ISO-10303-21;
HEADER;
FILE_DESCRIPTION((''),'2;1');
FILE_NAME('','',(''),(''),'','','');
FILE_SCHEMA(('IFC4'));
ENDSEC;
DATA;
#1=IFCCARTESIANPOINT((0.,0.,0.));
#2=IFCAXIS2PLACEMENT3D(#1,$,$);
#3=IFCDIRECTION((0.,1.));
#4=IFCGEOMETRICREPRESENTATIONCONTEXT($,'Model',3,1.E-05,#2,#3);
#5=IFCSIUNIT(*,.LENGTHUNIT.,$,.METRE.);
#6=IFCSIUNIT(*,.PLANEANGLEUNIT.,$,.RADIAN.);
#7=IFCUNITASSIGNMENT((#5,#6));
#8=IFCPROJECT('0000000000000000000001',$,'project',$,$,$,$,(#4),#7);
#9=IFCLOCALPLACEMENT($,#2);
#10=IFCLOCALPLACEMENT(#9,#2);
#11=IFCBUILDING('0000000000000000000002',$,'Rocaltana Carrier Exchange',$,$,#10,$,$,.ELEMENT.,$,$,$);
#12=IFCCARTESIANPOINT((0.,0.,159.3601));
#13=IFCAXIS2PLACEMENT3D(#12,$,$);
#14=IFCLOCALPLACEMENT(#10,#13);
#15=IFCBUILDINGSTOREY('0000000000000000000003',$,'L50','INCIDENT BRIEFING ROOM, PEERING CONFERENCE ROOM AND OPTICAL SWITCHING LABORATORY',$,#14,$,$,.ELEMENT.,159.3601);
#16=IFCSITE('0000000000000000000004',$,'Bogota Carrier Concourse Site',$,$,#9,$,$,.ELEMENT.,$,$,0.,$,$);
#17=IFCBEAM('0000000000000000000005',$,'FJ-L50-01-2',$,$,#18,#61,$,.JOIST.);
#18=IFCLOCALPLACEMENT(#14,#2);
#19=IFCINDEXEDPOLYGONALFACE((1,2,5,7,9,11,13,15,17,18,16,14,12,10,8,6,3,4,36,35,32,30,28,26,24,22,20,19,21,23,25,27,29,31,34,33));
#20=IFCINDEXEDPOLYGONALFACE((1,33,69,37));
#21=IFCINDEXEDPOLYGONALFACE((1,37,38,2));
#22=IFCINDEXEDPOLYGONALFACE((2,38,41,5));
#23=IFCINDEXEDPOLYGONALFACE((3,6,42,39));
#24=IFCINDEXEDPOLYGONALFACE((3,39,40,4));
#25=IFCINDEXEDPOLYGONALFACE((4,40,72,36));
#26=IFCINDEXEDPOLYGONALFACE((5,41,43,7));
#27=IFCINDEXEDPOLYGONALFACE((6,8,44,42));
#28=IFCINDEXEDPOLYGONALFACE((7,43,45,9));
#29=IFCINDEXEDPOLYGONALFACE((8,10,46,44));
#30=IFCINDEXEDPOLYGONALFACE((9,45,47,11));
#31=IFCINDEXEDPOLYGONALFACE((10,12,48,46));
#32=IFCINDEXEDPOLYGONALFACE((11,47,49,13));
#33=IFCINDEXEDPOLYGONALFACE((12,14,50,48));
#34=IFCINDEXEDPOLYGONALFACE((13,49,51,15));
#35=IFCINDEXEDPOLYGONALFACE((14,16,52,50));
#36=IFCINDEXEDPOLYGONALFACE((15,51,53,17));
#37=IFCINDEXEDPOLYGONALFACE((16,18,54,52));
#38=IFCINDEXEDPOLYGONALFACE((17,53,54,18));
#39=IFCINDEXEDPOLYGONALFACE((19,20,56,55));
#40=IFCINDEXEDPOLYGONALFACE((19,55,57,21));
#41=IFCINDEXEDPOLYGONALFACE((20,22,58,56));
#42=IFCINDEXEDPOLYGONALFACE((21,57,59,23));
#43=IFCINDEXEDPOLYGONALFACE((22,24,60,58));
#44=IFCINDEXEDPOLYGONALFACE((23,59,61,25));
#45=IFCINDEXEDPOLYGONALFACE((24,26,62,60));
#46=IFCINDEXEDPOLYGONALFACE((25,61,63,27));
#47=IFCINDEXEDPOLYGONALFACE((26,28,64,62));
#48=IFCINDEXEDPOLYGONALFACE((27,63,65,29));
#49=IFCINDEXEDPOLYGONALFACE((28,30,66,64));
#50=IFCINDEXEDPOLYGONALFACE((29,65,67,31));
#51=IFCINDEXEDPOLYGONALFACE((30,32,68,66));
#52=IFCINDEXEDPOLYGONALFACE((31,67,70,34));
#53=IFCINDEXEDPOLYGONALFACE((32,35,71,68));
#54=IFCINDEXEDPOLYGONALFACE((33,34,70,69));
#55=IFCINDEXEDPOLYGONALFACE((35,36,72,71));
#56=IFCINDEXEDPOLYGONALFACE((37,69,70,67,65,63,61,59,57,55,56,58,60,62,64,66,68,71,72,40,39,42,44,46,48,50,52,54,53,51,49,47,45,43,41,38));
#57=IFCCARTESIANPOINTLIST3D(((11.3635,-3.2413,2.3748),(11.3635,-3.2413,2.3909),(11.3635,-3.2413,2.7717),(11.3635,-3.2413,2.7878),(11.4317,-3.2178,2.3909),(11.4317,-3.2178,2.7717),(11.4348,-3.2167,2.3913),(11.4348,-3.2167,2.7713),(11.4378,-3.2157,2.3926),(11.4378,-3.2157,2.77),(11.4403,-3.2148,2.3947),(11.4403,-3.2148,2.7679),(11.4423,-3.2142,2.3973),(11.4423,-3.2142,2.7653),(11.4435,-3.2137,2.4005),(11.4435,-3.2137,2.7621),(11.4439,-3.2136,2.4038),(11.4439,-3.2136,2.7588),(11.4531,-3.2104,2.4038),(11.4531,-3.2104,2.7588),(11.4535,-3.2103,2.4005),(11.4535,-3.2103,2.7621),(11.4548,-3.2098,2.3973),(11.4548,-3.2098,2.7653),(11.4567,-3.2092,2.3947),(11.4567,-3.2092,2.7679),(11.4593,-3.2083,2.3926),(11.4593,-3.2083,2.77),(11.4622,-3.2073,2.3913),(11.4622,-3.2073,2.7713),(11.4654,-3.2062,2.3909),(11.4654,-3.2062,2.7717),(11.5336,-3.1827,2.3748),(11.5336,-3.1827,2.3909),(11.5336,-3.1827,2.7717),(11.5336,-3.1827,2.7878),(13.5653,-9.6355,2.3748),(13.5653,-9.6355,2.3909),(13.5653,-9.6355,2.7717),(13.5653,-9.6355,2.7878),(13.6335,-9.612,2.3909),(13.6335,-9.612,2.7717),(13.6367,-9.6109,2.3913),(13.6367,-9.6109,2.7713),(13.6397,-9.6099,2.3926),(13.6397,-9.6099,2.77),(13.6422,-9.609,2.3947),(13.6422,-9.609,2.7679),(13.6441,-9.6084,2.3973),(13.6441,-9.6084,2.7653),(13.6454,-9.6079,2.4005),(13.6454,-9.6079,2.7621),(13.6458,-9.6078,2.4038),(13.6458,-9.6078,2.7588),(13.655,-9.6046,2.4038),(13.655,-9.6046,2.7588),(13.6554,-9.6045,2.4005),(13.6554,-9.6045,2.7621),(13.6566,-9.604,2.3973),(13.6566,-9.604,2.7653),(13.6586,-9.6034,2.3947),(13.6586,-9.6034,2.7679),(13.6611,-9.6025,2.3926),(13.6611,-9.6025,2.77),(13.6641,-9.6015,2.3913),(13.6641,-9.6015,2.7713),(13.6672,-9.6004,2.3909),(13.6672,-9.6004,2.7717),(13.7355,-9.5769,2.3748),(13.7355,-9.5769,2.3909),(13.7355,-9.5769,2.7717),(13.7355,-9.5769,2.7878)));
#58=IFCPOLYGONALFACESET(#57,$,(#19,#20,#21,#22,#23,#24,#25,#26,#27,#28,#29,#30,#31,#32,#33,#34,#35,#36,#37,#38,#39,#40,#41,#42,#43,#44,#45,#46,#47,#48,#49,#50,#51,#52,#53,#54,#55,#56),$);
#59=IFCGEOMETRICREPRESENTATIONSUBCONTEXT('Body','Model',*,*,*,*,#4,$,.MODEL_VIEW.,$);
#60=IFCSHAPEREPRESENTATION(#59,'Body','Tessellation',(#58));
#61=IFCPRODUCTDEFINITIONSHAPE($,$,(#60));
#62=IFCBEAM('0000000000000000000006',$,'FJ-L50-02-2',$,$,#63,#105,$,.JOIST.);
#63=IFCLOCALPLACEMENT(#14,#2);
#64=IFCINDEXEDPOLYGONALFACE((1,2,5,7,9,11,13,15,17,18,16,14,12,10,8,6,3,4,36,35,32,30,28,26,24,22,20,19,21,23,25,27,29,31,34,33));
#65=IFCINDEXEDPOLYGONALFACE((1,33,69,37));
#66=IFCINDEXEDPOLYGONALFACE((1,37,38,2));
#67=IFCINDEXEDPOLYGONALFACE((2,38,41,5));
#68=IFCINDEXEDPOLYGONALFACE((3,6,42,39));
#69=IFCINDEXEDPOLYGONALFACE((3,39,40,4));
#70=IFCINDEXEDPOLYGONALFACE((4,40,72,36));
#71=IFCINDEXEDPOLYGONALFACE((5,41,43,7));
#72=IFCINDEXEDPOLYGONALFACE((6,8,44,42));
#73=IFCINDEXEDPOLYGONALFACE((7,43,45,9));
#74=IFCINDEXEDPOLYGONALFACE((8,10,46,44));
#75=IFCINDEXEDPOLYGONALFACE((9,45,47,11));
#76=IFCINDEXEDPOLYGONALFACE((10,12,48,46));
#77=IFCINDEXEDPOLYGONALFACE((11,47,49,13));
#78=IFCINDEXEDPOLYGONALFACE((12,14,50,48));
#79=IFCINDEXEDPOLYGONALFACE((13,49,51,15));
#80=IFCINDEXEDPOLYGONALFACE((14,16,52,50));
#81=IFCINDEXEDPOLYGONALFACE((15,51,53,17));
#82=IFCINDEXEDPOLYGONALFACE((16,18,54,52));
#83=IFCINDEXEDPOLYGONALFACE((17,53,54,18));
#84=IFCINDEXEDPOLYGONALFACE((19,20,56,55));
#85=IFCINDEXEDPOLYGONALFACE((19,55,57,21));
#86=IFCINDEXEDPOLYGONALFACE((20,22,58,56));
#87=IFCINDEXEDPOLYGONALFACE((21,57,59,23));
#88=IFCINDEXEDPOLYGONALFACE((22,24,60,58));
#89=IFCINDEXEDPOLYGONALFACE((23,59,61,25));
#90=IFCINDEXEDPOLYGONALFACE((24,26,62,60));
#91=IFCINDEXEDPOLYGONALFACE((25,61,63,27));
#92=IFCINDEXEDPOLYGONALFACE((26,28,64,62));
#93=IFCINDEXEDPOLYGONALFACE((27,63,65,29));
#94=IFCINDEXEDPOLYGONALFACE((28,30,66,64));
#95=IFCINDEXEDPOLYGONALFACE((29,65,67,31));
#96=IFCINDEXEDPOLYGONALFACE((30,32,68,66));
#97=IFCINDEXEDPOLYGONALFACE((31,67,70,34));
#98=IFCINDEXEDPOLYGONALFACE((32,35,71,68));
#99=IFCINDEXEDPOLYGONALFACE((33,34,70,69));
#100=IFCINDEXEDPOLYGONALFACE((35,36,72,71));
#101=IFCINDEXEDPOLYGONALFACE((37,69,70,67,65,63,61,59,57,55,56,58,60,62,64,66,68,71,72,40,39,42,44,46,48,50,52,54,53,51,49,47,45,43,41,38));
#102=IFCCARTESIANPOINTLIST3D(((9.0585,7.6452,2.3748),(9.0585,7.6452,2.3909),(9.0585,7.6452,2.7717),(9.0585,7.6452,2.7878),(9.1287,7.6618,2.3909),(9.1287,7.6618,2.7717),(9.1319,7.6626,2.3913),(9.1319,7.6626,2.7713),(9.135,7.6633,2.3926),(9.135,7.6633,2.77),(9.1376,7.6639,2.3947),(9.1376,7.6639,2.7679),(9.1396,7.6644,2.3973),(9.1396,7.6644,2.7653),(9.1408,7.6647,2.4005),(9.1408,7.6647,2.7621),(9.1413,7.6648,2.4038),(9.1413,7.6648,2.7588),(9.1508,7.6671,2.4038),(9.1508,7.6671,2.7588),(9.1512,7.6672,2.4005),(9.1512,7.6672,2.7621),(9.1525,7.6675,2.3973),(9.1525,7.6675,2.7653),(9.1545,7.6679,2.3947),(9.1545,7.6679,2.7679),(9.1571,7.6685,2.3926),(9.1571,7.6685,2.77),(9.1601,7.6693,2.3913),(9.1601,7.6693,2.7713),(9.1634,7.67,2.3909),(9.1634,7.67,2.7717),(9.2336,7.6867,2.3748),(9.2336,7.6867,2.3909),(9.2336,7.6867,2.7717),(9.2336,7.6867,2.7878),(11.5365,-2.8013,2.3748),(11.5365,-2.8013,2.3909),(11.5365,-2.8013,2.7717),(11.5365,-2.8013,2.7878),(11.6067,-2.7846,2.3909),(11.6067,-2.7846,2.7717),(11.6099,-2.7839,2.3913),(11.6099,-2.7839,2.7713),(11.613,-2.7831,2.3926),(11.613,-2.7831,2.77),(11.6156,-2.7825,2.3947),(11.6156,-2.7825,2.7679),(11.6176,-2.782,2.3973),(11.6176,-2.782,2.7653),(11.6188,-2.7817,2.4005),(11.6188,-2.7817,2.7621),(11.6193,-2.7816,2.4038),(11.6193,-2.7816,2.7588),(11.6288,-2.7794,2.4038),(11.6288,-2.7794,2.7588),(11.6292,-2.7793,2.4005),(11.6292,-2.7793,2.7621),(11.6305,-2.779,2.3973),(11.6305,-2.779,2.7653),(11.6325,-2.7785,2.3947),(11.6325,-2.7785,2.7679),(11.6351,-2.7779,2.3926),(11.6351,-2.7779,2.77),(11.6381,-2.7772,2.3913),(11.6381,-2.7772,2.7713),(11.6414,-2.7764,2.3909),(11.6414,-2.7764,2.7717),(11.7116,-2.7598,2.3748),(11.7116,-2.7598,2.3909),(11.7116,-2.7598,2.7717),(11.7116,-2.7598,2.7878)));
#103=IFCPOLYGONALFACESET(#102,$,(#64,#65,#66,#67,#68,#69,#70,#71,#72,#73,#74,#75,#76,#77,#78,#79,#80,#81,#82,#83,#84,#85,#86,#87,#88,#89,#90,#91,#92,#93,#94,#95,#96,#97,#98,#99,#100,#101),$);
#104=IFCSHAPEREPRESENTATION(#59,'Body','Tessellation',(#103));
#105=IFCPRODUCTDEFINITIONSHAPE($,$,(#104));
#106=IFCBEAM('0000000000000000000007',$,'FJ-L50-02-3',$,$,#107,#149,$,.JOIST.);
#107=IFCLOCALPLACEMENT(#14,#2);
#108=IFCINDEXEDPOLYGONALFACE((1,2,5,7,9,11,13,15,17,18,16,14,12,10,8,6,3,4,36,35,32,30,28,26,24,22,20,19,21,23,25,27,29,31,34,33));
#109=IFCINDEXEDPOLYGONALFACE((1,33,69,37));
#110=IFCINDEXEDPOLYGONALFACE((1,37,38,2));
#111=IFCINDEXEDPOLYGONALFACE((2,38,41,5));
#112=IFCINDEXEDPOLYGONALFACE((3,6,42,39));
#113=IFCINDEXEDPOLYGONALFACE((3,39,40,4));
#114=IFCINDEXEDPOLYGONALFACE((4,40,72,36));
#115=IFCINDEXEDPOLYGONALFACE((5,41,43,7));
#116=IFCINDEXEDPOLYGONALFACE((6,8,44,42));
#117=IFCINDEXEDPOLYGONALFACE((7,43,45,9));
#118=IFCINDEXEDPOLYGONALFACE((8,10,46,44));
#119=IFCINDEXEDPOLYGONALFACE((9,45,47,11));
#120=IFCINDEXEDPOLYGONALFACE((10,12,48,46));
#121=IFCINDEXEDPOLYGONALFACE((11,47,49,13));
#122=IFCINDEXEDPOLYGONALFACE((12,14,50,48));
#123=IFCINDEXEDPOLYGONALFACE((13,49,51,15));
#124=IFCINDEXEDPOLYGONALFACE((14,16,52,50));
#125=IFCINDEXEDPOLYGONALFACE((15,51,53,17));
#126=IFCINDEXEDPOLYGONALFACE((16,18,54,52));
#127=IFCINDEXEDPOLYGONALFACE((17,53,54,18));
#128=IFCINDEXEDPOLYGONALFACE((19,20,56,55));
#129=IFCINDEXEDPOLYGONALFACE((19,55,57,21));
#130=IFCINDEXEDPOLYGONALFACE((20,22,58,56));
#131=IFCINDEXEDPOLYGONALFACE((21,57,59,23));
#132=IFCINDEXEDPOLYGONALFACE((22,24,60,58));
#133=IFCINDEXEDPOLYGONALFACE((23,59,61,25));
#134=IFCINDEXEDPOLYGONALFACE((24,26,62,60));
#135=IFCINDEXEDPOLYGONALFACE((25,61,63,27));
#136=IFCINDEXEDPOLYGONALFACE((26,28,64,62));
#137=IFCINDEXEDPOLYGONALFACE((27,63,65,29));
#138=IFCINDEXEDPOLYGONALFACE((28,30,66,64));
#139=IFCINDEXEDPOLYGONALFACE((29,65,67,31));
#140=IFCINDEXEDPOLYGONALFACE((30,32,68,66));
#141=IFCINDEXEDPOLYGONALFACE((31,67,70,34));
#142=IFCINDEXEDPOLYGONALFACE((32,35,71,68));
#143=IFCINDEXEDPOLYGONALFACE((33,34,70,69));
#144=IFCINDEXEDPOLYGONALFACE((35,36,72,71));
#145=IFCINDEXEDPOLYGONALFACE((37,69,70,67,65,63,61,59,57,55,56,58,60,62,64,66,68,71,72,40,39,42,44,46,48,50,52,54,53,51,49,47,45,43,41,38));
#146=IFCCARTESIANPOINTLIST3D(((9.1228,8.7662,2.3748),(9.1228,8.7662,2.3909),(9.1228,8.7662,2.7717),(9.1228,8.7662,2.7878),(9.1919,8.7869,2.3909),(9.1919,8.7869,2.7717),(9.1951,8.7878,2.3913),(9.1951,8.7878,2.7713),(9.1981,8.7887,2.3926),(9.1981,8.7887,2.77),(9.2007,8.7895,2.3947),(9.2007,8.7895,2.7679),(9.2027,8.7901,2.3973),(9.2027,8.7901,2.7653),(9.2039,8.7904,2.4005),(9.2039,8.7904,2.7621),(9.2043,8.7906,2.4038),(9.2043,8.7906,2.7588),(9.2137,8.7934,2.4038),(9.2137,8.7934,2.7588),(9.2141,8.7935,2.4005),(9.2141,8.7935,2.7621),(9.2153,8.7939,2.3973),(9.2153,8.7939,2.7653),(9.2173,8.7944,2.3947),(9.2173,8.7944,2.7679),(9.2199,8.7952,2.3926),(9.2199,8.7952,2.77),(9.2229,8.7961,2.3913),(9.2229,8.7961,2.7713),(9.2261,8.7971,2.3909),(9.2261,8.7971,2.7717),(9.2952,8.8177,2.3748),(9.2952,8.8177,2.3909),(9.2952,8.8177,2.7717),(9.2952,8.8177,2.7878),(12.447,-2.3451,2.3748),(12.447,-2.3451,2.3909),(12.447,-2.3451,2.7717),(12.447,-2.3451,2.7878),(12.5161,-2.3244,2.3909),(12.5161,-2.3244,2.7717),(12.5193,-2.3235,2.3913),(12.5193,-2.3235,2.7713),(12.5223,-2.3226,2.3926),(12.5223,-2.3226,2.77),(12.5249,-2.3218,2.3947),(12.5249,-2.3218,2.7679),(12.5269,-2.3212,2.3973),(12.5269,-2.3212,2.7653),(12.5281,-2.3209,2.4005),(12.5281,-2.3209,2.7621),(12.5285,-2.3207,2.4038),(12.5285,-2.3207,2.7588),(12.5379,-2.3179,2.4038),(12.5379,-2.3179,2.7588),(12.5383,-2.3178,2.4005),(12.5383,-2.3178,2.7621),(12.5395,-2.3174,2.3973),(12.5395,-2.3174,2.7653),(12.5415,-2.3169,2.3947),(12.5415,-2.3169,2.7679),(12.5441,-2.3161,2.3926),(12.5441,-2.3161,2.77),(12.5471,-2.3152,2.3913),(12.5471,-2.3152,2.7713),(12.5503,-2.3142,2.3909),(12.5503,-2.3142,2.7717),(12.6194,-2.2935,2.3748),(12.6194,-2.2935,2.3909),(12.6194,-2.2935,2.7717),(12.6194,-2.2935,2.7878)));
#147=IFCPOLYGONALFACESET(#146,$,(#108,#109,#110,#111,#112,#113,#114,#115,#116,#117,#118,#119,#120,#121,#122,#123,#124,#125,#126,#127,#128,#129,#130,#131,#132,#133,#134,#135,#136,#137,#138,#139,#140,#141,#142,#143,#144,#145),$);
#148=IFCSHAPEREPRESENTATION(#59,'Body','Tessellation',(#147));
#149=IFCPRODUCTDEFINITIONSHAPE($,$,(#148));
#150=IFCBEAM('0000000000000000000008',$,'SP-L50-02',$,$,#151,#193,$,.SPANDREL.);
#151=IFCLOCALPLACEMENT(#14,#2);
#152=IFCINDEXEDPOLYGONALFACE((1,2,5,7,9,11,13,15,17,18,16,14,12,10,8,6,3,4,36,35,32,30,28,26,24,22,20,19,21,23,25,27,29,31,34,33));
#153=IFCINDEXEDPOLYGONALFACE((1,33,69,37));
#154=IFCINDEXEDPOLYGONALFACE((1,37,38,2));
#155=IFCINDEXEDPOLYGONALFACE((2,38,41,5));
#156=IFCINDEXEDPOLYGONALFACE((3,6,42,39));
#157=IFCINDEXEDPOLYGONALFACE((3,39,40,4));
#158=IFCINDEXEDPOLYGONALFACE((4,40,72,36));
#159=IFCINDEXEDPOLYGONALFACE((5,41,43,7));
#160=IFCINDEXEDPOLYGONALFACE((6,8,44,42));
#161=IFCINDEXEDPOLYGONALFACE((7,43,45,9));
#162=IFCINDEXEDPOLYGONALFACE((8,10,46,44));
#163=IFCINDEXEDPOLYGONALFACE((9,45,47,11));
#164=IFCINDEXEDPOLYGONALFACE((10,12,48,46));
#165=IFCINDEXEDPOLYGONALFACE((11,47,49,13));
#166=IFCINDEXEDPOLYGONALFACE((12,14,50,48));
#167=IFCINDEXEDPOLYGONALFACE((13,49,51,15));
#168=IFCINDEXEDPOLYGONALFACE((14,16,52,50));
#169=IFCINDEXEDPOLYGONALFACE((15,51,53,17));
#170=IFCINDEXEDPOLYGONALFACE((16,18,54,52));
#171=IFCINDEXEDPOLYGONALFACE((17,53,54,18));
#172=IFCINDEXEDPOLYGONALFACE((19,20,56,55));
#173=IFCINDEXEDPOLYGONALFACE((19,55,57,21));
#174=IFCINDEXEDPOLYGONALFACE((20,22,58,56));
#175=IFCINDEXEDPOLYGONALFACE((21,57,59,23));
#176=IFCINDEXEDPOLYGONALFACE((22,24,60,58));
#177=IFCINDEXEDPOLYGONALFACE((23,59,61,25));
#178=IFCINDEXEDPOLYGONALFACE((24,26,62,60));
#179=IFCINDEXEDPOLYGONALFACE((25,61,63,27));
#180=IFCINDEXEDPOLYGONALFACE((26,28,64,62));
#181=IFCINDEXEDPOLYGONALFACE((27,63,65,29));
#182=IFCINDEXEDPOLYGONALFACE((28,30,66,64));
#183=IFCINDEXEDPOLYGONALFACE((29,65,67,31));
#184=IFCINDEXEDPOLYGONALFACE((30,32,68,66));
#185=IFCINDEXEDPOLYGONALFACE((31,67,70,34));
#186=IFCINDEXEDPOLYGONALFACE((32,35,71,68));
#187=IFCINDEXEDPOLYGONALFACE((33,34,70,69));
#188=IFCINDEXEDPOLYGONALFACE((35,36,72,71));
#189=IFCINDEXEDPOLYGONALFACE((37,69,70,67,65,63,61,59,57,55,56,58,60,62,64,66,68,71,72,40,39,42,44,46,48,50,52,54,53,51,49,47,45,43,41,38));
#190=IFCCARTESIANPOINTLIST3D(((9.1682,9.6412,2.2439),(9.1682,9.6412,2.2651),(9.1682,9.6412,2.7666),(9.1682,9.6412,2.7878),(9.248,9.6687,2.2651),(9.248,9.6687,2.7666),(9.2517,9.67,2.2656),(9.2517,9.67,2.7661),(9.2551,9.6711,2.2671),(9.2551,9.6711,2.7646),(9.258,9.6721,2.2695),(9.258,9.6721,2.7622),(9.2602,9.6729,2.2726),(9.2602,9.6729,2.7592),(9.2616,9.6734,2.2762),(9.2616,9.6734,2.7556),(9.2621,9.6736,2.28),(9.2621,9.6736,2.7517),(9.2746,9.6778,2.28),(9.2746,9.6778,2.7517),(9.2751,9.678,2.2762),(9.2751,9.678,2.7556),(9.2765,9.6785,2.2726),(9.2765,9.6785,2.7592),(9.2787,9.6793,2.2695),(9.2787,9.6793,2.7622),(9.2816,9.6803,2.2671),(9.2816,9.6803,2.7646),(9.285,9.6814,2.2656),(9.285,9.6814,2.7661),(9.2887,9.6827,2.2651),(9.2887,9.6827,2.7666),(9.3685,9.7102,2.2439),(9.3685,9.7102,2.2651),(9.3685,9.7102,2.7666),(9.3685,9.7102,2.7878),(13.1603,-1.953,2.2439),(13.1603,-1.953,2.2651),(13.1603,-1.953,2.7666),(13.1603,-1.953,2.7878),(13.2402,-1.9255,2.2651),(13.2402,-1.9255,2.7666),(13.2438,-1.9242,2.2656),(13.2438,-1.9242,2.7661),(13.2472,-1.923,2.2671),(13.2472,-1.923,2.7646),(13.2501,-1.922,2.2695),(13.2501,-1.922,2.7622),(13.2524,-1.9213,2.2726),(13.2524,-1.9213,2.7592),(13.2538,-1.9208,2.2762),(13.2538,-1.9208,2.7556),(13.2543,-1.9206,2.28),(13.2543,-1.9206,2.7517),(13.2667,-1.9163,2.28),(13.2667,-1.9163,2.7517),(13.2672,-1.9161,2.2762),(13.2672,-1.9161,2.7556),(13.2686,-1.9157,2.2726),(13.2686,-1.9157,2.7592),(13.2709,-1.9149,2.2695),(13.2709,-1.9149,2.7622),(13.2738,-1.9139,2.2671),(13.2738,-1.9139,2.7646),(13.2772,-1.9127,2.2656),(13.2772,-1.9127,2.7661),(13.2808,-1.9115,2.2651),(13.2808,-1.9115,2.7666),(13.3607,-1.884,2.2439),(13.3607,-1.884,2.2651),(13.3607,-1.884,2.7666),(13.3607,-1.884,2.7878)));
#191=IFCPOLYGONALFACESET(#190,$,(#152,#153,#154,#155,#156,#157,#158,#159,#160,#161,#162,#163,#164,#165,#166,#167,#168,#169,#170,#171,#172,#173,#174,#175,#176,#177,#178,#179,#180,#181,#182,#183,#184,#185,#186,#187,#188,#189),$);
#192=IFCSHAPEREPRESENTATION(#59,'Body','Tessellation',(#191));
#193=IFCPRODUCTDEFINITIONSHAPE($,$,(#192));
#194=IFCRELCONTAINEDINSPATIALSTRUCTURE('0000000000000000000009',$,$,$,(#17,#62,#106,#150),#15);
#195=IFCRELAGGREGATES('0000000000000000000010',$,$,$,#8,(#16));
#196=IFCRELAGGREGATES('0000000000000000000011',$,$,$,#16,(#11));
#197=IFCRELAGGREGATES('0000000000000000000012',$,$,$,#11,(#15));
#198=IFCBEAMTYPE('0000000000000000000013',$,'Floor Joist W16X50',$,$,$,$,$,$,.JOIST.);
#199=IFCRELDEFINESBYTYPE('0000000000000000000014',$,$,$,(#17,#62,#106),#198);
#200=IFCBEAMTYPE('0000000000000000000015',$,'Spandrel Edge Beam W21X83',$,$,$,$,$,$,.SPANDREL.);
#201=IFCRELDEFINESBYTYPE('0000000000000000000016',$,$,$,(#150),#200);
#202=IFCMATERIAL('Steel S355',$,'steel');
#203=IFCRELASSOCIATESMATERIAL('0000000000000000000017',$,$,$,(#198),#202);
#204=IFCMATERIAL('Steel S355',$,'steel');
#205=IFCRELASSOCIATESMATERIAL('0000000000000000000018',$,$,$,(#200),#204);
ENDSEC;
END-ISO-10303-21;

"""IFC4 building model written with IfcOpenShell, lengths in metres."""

from ifc_helpers import new_model, si_unit, direction, frame, origin, origin_2d, place, context, subcontext, project, spatial, i_section, extrude, material, material_profile, profile_set, type_object, element, save


model = new_model("IFC4")

# Units and contexts
model_context = context("Model", 3, precision=1e-05, world=origin(), true_north=direction((0.0, 1.0)))
body_context = subcontext(model_context, "Body", "Model", "MODEL_VIEW")
ifc_project = project(units=[si_unit("LENGTHUNIT", "METRE"), si_unit("PLANEANGLEUNIT", "RADIAN")], contexts=[model_context])

# Site, building, storey
site_placement = place(None, origin())
site = spatial("IfcSite", under=ifc_project, at=site_placement, Name="Bogota Carrier Concourse Site", CompositionType="ELEMENT", RefElevation=0.0)
building_placement = place(site_placement, origin())
building = spatial("IfcBuilding", under=site, at=building_placement, Name="Rocaltana Carrier Exchange", CompositionType="ELEMENT")
storey_placement = place(building_placement, frame((0.0, 0.0, 159.3601)))
storey = spatial("IfcBuildingStorey", under=building, at=storey_placement, Name="L50", Description="INCIDENT BRIEFING ROOM, PEERING CONFERENCE ROOM AND OPTICAL SWITCHING LABORATORY", CompositionType="ELEMENT", Elevation=159.3601)

# Beams
ifc_material_1 = material(Name="Steel S355", Category="steel")
ifc_material_profile_1 = material_profile(ifc_material_1, i_section(OverallWidth=0.1799, OverallDepth=0.4131, WebThickness=0.0098, FlangeThickness=0.0161, FilletRadius=0.0129, at=origin_2d()), Name="W16X50")
ifc_profile_set_1 = profile_set([ifc_material_profile_1], Name="Steel S355")
beam_type_1 = type_object("IfcBeamType", Name="Floor Joist W16X50", PredefinedType="JOIST", material=ifc_profile_set_1)
beam_1_placement = place(storey_placement, frame((13.6504, -9.6062, 2.5813), z_axis=(-0.325591, 0.945511, 0.0), x_axis=(-0.945511, -0.325591, 0.0)))
element("IfcBeam", 1, at=beam_1_placement, inside=storey, type_object=beam_type_1, Name="FJ-L50-01-2", PredefinedType="JOIST", context=body_context, shape_type="SweptSolid", body=[
    extrude(i_section(OverallWidth=0.1799, OverallDepth=0.4131, WebThickness=0.0098, FlangeThickness=0.0161, FilletRadius=0.0129, at=origin_2d()), origin(), (0.0, 0.0, 1.0), 6.7627),
])
beam_2_placement = place(storey_placement, frame((11.624, -2.7805, 2.5813), z_axis=(-0.230806, 0.973, 0.0), x_axis=(-0.973, -0.230806, 0.0)))
element("IfcBeam", 2, at=beam_2_placement, inside=storey, type_object=beam_type_1, Name="FJ-L50-02-2", PredefinedType="JOIST", context=body_context, shape_type="SweptSolid", body=[
    extrude(i_section(OverallWidth=0.1799, OverallDepth=0.4131, WebThickness=0.0098, FlangeThickness=0.0161, FilletRadius=0.0129, at=origin_2d()), origin(), (0.0, 0.0, 1.0), 10.7363),
])
beam_3_placement = place(storey_placement, frame((12.5332, -2.3193, 2.5813), z_axis=(-0.286622, 0.958044, 0.0), x_axis=(-0.958044, -0.286622, 0.0)))
element("IfcBeam", 3, at=beam_3_placement, inside=storey, type_object=beam_type_1, Name="FJ-L50-02-3", PredefinedType="JOIST", context=body_context, shape_type="SweptSolid", body=[
    extrude(i_section(OverallWidth=0.1799, OverallDepth=0.4131, WebThickness=0.0098, FlangeThickness=0.0161, FilletRadius=0.0129, at=origin_2d()), origin(), (0.0, 0.0, 1.0), 11.5979),
])
ifc_material_2 = material(Name="Steel S355", Category="steel")
ifc_material_profile_2 = material_profile(ifc_material_2, i_section(OverallWidth=0.2119, OverallDepth=0.5439, WebThickness=0.0132, FlangeThickness=0.0212, FilletRadius=0.0149, at=origin_2d()), Name="W21X83")
ifc_profile_set_2 = profile_set([ifc_material_profile_2], Name="Steel S355")
beam_type_2 = type_object("IfcBeamType", Name="Spandrel Edge Beam W21X83", PredefinedType="SPANDREL", material=ifc_profile_set_2)
beam_4_placement = place(storey_placement, frame((13.2605, -1.9185, 2.5159), z_axis=(-0.325566, 0.945519, 0.0), x_axis=(-0.945519, -0.325566, 0.0)))
element("IfcBeam", 4, at=beam_4_placement, inside=storey, type_object=beam_type_2, Name="SP-L50-02", PredefinedType="SPANDREL", context=body_context, shape_type="SweptSolid", body=[
    extrude(i_section(OverallWidth=0.2119, OverallDepth=0.5439, WebThickness=0.0132, FlangeThickness=0.0212, FilletRadius=0.0149, at=origin_2d()), origin(), (0.0, 0.0, 1.0), 12.2622),
])

save(model, "model.ifc")
